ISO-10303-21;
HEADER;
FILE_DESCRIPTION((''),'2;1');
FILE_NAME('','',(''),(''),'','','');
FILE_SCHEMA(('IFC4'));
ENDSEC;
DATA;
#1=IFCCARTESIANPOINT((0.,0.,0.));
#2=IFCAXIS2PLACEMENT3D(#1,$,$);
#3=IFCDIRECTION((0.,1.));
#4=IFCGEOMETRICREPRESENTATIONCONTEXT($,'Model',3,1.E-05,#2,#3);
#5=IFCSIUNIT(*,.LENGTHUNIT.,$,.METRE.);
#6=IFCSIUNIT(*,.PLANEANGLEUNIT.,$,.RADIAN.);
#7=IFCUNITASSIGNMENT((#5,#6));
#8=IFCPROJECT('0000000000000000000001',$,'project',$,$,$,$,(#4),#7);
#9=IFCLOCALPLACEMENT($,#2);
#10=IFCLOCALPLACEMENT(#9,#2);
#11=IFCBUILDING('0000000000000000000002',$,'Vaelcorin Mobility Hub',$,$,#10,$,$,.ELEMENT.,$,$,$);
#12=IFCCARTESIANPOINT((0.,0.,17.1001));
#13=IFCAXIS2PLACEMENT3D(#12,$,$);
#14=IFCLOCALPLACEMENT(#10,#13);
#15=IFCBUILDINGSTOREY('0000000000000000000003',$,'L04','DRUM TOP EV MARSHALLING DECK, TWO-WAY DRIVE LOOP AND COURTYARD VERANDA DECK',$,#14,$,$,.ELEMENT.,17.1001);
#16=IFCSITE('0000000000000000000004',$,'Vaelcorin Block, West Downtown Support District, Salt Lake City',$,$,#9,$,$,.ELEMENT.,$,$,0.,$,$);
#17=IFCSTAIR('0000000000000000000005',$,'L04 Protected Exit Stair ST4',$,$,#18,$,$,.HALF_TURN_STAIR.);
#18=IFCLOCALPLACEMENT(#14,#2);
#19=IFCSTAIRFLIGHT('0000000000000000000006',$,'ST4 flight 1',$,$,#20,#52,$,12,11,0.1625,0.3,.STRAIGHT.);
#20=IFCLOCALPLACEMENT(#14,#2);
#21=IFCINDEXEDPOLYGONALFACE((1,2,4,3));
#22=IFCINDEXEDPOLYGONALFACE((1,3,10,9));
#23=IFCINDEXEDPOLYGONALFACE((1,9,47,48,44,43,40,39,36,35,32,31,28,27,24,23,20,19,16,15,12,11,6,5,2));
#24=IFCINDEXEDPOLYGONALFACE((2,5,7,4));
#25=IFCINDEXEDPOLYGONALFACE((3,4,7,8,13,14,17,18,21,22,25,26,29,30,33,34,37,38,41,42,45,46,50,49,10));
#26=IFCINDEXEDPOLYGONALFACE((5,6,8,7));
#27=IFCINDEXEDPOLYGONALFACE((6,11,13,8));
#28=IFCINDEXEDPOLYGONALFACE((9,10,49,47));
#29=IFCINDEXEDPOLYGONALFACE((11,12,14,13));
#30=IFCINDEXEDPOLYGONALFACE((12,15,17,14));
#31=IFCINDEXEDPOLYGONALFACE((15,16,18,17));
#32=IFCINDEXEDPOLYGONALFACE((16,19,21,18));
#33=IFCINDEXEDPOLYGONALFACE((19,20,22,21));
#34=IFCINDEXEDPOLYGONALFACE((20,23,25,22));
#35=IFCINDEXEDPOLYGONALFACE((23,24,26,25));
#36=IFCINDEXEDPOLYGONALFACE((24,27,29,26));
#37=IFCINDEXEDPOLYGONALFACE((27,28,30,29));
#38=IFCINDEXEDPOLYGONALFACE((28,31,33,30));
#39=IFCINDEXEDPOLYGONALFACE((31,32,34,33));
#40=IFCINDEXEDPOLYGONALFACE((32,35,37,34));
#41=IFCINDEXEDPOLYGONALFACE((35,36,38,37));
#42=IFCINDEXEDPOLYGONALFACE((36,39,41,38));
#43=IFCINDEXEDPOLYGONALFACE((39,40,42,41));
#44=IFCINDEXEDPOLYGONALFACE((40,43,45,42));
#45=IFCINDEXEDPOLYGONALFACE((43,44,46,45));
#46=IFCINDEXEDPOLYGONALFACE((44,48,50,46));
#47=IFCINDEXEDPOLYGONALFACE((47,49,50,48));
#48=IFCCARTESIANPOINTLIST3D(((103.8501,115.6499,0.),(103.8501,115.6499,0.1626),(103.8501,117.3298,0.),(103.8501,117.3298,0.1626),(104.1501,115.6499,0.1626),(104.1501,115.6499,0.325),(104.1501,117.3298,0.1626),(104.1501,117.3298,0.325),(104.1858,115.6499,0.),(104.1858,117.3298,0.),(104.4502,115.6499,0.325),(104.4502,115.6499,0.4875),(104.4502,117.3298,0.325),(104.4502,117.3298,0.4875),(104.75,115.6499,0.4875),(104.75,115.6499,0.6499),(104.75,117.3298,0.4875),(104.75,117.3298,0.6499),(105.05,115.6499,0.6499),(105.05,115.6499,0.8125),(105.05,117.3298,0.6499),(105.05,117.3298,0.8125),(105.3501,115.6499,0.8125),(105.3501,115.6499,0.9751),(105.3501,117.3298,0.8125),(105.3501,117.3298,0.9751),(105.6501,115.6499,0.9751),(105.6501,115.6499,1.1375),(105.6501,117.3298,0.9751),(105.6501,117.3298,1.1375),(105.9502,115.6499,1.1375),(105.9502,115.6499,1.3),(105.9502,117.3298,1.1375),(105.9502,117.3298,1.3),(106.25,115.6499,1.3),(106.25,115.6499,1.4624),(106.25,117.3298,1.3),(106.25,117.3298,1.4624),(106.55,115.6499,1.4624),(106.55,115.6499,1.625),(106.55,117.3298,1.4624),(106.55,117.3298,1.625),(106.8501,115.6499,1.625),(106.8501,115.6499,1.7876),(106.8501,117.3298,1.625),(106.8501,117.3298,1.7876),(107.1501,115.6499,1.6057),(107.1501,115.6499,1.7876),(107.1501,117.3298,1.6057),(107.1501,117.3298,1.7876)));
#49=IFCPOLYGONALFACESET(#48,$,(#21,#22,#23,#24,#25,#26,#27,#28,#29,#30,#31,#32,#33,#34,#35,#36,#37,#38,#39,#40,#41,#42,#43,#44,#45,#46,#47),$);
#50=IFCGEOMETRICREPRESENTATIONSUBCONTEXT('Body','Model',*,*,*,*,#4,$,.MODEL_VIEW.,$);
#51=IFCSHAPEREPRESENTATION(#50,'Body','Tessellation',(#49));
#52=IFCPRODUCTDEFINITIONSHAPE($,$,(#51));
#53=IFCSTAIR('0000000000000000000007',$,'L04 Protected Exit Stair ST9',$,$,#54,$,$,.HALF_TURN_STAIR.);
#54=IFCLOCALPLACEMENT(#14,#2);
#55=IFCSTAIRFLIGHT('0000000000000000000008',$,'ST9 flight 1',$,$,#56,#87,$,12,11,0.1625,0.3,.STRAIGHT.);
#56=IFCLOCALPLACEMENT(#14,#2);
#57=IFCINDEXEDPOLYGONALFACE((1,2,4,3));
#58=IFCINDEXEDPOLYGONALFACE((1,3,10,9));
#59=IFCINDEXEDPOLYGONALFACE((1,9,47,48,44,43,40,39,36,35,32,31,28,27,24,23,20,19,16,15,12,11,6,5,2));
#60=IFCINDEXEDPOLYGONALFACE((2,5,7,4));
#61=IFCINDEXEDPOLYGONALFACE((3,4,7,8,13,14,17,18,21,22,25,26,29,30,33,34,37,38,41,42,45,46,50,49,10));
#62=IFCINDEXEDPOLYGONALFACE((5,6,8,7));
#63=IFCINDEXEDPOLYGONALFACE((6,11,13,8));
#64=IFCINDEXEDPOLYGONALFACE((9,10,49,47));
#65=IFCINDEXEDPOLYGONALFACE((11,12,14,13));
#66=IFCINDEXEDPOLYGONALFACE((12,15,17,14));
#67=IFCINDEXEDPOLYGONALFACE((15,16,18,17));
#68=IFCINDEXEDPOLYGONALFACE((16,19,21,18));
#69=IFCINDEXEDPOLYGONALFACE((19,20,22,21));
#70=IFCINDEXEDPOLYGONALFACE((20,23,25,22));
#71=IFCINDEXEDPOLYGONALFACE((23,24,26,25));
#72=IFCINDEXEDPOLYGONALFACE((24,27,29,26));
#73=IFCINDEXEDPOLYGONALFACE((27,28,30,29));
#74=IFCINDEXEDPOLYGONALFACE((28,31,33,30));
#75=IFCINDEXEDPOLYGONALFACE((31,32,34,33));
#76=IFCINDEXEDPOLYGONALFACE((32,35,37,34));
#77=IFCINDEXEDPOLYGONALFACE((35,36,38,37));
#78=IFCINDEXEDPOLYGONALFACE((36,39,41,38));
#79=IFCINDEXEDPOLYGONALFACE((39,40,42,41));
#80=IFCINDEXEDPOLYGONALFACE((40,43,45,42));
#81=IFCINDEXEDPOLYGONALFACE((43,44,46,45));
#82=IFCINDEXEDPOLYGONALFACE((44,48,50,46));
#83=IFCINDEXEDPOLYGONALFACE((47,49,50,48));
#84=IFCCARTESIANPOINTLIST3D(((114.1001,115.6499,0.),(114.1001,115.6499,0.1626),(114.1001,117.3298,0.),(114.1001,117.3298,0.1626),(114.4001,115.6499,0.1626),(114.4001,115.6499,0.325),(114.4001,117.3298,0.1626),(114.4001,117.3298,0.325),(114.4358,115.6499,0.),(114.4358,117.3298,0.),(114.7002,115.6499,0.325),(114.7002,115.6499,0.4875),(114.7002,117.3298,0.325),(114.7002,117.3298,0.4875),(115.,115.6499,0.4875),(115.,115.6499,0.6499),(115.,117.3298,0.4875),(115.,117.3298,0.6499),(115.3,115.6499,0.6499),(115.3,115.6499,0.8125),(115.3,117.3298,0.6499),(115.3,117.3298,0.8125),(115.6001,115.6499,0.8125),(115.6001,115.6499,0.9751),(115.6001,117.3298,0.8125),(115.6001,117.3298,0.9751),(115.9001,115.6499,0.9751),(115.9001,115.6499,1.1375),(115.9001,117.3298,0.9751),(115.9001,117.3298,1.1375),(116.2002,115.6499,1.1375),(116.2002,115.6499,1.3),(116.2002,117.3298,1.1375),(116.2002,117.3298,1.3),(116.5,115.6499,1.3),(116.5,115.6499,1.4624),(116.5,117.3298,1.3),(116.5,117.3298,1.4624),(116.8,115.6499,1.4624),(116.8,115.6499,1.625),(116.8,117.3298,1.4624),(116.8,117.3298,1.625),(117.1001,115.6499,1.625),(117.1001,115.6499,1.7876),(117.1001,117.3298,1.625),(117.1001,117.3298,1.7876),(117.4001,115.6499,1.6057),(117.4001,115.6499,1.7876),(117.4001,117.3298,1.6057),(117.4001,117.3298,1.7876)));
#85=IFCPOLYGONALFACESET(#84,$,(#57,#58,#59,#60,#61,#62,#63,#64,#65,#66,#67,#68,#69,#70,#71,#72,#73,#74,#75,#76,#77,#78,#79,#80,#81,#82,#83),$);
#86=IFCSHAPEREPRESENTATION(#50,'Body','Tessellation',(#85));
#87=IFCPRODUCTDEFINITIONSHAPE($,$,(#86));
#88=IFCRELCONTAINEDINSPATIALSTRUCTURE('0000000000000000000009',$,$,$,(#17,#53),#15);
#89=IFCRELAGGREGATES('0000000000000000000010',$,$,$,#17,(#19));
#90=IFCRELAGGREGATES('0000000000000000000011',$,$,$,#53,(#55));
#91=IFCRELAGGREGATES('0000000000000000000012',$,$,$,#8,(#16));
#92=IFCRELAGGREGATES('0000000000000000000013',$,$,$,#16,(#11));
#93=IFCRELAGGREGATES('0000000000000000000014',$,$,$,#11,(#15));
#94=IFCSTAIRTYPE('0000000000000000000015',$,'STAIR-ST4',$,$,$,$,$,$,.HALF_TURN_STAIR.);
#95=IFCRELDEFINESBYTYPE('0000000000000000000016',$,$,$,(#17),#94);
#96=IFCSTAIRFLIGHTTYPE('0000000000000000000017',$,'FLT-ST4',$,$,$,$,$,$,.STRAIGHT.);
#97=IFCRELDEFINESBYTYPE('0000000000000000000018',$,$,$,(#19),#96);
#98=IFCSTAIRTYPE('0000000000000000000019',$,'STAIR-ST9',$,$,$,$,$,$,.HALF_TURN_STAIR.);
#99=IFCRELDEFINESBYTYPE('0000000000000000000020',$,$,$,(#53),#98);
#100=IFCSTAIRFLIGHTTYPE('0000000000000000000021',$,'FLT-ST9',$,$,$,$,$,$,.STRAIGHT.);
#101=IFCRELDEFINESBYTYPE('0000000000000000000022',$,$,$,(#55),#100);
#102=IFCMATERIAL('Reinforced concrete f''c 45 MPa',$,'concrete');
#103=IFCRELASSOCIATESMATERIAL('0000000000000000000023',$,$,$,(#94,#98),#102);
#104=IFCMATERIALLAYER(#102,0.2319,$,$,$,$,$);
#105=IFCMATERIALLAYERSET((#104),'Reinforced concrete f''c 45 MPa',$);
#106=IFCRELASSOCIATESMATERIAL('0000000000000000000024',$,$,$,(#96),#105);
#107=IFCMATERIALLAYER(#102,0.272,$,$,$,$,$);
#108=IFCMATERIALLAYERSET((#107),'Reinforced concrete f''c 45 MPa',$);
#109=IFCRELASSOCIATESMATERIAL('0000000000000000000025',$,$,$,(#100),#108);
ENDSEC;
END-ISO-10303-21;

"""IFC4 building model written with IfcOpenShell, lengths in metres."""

from ifc_helpers import new_model, si_unit, direction, frame, origin, place, context, subcontext, project, spatial, polyline, outline, extrude, material, layer, layer_set, type_object, element, aggregate, save


model = new_model("IFC4")

# Units and contexts
model_context = context("Model", 3, precision=1e-05, world=origin(), true_north=direction((0.0, 1.0)))
body_context = subcontext(model_context, "Body", "Model", "MODEL_VIEW")
ifc_project = project(units=[si_unit("LENGTHUNIT", "METRE"), si_unit("PLANEANGLEUNIT", "RADIAN")], contexts=[model_context])

# Site, building, storey
site_placement = place(None, origin())
site = spatial("IfcSite", under=ifc_project, at=site_placement, Name="Vaelcorin Block, West Downtown Support District, Salt Lake City", CompositionType="ELEMENT", RefElevation=0.0)
building_placement = place(site_placement, origin())
building = spatial("IfcBuilding", under=site, at=building_placement, Name="Vaelcorin Mobility Hub", CompositionType="ELEMENT")
storey_placement = place(building_placement, frame((0.0, 0.0, 17.1001)))
storey = spatial("IfcBuildingStorey", under=building, at=storey_placement, Name="L04", Description="DRUM TOP EV MARSHALLING DECK, TWO-WAY DRIVE LOOP AND COURTYARD VERANDA DECK", CompositionType="ELEMENT", Elevation=17.1001)

# Shared definitions
ifc_material_1 = material(Name="Reinforced concrete f'c 45 MPa", Category="concrete")

# Stairs, stair flights
stair_type_1 = type_object("IfcStairType", Name="STAIR-ST4", PredefinedType="HALF_TURN_STAIR", material=ifc_material_1)
stair_1_placement = place(storey_placement, origin())
stair_1 = element("IfcStair", 1, at=stair_1_placement, inside=storey, type_object=stair_type_1, Name="L04 Protected Exit Stair ST4", PredefinedType="HALF_TURN_STAIR")
ifc_layer_1 = layer(ifc_material_1, 0.2319)
ifc_layer_set_1 = layer_set([ifc_layer_1], Name="Reinforced concrete f'c 45 MPa")
stair_flight_type_1 = type_object("IfcStairFlightType", Name="FLT-ST4", PredefinedType="STRAIGHT", material=ifc_layer_set_1)
stair_flight_1_placement = place(storey_placement, frame((103.8501, 116.49, 0.0), z_axis=(0.0, 0.0, 1.0), x_axis=(1.0, 0.0, 0.0)))
stair_flight_1 = element("IfcStairFlight", 2, at=stair_flight_1_placement, type_object=stair_flight_type_1, Name="ST4 flight 1", NumberOfRisers=12, NumberOfTreads=11, PredefinedType="STRAIGHT", RiserHeight=0.1625, TreadLength=0.3, context=body_context, shape_type="SweptSolid", body=[
    extrude(outline(polyline([(0.0, 0.0), (0.0, 0.1626), (0.3, 0.1626), (0.3, 0.325), (0.6001, 0.325), (0.6001, 0.4875), (0.8999, 0.4875), (0.8999, 0.6499), (1.2, 0.6499), (1.2, 0.8125), (1.5, 0.8125), (1.5, 0.9751), (1.8, 0.9751), (1.8, 1.1375), (2.1001, 1.1375), (2.1001, 1.3), (2.3999, 1.3), (2.3999, 1.4624), (2.7, 1.4624), (2.7, 1.625), (3.0, 1.625), (3.0, 1.7876), (3.3, 1.7876), (3.3, 1.95), (3.3, 1.6057), (0.3357, 0.0), (0.0, 0.0)])), frame((0.0, 0.8398, 0.0), z_axis=(0.0, -1.0, 0.0), x_axis=(1.0, 0.0, 0.0)), (0.0, 0.0, 1.0), 1.6799),
])
aggregate(stair_1, [stair_flight_1])
stair_type_2 = type_object("IfcStairType", Name="STAIR-ST9", PredefinedType="HALF_TURN_STAIR", material=ifc_material_1)
stair_2_placement = place(storey_placement, origin())
stair_2 = element("IfcStair", 3, at=stair_2_placement, inside=storey, type_object=stair_type_2, Name="L04 Protected Exit Stair ST9", PredefinedType="HALF_TURN_STAIR")
ifc_layer_2 = layer(ifc_material_1, 0.272)
ifc_layer_set_2 = layer_set([ifc_layer_2], Name="Reinforced concrete f'c 45 MPa")
stair_flight_type_2 = type_object("IfcStairFlightType", Name="FLT-ST9", PredefinedType="STRAIGHT", material=ifc_layer_set_2)
stair_flight_2_placement = place(storey_placement, frame((114.1001, 116.49, 0.0), z_axis=(0.0, 0.0, 1.0), x_axis=(1.0, 0.0, 0.0)))
stair_flight_2 = element("IfcStairFlight", 4, at=stair_flight_2_placement, type_object=stair_flight_type_2, Name="ST9 flight 1", NumberOfRisers=12, NumberOfTreads=11, PredefinedType="STRAIGHT", RiserHeight=0.1625, TreadLength=0.3, context=body_context, shape_type="SweptSolid", body=[
    extrude(outline(polyline([(0.0, 0.0), (0.0, 0.1626), (0.3, 0.1626), (0.3, 0.325), (0.6001, 0.325), (0.6001, 0.4875), (0.8999, 0.4875), (0.8999, 0.6499), (1.2, 0.6499), (1.2, 0.8125), (1.5, 0.8125), (1.5, 0.9751), (1.8, 0.9751), (1.8, 1.1375), (2.1001, 1.1375), (2.1001, 1.3), (2.3999, 1.3), (2.3999, 1.4624), (2.7, 1.4624), (2.7, 1.625), (3.0, 1.625), (3.0, 1.7876), (3.3, 1.7876), (3.3, 1.95), (3.3, 1.6057), (0.3357, 0.0), (0.0, 0.0)])), frame((0.0, 0.8398, 0.0), z_axis=(0.0, -1.0, 0.0), x_axis=(1.0, 0.0, 0.0)), (0.0, 0.0, 1.0), 1.6799),
])
aggregate(stair_2, [stair_flight_2])

save(model, "model.ifc")
